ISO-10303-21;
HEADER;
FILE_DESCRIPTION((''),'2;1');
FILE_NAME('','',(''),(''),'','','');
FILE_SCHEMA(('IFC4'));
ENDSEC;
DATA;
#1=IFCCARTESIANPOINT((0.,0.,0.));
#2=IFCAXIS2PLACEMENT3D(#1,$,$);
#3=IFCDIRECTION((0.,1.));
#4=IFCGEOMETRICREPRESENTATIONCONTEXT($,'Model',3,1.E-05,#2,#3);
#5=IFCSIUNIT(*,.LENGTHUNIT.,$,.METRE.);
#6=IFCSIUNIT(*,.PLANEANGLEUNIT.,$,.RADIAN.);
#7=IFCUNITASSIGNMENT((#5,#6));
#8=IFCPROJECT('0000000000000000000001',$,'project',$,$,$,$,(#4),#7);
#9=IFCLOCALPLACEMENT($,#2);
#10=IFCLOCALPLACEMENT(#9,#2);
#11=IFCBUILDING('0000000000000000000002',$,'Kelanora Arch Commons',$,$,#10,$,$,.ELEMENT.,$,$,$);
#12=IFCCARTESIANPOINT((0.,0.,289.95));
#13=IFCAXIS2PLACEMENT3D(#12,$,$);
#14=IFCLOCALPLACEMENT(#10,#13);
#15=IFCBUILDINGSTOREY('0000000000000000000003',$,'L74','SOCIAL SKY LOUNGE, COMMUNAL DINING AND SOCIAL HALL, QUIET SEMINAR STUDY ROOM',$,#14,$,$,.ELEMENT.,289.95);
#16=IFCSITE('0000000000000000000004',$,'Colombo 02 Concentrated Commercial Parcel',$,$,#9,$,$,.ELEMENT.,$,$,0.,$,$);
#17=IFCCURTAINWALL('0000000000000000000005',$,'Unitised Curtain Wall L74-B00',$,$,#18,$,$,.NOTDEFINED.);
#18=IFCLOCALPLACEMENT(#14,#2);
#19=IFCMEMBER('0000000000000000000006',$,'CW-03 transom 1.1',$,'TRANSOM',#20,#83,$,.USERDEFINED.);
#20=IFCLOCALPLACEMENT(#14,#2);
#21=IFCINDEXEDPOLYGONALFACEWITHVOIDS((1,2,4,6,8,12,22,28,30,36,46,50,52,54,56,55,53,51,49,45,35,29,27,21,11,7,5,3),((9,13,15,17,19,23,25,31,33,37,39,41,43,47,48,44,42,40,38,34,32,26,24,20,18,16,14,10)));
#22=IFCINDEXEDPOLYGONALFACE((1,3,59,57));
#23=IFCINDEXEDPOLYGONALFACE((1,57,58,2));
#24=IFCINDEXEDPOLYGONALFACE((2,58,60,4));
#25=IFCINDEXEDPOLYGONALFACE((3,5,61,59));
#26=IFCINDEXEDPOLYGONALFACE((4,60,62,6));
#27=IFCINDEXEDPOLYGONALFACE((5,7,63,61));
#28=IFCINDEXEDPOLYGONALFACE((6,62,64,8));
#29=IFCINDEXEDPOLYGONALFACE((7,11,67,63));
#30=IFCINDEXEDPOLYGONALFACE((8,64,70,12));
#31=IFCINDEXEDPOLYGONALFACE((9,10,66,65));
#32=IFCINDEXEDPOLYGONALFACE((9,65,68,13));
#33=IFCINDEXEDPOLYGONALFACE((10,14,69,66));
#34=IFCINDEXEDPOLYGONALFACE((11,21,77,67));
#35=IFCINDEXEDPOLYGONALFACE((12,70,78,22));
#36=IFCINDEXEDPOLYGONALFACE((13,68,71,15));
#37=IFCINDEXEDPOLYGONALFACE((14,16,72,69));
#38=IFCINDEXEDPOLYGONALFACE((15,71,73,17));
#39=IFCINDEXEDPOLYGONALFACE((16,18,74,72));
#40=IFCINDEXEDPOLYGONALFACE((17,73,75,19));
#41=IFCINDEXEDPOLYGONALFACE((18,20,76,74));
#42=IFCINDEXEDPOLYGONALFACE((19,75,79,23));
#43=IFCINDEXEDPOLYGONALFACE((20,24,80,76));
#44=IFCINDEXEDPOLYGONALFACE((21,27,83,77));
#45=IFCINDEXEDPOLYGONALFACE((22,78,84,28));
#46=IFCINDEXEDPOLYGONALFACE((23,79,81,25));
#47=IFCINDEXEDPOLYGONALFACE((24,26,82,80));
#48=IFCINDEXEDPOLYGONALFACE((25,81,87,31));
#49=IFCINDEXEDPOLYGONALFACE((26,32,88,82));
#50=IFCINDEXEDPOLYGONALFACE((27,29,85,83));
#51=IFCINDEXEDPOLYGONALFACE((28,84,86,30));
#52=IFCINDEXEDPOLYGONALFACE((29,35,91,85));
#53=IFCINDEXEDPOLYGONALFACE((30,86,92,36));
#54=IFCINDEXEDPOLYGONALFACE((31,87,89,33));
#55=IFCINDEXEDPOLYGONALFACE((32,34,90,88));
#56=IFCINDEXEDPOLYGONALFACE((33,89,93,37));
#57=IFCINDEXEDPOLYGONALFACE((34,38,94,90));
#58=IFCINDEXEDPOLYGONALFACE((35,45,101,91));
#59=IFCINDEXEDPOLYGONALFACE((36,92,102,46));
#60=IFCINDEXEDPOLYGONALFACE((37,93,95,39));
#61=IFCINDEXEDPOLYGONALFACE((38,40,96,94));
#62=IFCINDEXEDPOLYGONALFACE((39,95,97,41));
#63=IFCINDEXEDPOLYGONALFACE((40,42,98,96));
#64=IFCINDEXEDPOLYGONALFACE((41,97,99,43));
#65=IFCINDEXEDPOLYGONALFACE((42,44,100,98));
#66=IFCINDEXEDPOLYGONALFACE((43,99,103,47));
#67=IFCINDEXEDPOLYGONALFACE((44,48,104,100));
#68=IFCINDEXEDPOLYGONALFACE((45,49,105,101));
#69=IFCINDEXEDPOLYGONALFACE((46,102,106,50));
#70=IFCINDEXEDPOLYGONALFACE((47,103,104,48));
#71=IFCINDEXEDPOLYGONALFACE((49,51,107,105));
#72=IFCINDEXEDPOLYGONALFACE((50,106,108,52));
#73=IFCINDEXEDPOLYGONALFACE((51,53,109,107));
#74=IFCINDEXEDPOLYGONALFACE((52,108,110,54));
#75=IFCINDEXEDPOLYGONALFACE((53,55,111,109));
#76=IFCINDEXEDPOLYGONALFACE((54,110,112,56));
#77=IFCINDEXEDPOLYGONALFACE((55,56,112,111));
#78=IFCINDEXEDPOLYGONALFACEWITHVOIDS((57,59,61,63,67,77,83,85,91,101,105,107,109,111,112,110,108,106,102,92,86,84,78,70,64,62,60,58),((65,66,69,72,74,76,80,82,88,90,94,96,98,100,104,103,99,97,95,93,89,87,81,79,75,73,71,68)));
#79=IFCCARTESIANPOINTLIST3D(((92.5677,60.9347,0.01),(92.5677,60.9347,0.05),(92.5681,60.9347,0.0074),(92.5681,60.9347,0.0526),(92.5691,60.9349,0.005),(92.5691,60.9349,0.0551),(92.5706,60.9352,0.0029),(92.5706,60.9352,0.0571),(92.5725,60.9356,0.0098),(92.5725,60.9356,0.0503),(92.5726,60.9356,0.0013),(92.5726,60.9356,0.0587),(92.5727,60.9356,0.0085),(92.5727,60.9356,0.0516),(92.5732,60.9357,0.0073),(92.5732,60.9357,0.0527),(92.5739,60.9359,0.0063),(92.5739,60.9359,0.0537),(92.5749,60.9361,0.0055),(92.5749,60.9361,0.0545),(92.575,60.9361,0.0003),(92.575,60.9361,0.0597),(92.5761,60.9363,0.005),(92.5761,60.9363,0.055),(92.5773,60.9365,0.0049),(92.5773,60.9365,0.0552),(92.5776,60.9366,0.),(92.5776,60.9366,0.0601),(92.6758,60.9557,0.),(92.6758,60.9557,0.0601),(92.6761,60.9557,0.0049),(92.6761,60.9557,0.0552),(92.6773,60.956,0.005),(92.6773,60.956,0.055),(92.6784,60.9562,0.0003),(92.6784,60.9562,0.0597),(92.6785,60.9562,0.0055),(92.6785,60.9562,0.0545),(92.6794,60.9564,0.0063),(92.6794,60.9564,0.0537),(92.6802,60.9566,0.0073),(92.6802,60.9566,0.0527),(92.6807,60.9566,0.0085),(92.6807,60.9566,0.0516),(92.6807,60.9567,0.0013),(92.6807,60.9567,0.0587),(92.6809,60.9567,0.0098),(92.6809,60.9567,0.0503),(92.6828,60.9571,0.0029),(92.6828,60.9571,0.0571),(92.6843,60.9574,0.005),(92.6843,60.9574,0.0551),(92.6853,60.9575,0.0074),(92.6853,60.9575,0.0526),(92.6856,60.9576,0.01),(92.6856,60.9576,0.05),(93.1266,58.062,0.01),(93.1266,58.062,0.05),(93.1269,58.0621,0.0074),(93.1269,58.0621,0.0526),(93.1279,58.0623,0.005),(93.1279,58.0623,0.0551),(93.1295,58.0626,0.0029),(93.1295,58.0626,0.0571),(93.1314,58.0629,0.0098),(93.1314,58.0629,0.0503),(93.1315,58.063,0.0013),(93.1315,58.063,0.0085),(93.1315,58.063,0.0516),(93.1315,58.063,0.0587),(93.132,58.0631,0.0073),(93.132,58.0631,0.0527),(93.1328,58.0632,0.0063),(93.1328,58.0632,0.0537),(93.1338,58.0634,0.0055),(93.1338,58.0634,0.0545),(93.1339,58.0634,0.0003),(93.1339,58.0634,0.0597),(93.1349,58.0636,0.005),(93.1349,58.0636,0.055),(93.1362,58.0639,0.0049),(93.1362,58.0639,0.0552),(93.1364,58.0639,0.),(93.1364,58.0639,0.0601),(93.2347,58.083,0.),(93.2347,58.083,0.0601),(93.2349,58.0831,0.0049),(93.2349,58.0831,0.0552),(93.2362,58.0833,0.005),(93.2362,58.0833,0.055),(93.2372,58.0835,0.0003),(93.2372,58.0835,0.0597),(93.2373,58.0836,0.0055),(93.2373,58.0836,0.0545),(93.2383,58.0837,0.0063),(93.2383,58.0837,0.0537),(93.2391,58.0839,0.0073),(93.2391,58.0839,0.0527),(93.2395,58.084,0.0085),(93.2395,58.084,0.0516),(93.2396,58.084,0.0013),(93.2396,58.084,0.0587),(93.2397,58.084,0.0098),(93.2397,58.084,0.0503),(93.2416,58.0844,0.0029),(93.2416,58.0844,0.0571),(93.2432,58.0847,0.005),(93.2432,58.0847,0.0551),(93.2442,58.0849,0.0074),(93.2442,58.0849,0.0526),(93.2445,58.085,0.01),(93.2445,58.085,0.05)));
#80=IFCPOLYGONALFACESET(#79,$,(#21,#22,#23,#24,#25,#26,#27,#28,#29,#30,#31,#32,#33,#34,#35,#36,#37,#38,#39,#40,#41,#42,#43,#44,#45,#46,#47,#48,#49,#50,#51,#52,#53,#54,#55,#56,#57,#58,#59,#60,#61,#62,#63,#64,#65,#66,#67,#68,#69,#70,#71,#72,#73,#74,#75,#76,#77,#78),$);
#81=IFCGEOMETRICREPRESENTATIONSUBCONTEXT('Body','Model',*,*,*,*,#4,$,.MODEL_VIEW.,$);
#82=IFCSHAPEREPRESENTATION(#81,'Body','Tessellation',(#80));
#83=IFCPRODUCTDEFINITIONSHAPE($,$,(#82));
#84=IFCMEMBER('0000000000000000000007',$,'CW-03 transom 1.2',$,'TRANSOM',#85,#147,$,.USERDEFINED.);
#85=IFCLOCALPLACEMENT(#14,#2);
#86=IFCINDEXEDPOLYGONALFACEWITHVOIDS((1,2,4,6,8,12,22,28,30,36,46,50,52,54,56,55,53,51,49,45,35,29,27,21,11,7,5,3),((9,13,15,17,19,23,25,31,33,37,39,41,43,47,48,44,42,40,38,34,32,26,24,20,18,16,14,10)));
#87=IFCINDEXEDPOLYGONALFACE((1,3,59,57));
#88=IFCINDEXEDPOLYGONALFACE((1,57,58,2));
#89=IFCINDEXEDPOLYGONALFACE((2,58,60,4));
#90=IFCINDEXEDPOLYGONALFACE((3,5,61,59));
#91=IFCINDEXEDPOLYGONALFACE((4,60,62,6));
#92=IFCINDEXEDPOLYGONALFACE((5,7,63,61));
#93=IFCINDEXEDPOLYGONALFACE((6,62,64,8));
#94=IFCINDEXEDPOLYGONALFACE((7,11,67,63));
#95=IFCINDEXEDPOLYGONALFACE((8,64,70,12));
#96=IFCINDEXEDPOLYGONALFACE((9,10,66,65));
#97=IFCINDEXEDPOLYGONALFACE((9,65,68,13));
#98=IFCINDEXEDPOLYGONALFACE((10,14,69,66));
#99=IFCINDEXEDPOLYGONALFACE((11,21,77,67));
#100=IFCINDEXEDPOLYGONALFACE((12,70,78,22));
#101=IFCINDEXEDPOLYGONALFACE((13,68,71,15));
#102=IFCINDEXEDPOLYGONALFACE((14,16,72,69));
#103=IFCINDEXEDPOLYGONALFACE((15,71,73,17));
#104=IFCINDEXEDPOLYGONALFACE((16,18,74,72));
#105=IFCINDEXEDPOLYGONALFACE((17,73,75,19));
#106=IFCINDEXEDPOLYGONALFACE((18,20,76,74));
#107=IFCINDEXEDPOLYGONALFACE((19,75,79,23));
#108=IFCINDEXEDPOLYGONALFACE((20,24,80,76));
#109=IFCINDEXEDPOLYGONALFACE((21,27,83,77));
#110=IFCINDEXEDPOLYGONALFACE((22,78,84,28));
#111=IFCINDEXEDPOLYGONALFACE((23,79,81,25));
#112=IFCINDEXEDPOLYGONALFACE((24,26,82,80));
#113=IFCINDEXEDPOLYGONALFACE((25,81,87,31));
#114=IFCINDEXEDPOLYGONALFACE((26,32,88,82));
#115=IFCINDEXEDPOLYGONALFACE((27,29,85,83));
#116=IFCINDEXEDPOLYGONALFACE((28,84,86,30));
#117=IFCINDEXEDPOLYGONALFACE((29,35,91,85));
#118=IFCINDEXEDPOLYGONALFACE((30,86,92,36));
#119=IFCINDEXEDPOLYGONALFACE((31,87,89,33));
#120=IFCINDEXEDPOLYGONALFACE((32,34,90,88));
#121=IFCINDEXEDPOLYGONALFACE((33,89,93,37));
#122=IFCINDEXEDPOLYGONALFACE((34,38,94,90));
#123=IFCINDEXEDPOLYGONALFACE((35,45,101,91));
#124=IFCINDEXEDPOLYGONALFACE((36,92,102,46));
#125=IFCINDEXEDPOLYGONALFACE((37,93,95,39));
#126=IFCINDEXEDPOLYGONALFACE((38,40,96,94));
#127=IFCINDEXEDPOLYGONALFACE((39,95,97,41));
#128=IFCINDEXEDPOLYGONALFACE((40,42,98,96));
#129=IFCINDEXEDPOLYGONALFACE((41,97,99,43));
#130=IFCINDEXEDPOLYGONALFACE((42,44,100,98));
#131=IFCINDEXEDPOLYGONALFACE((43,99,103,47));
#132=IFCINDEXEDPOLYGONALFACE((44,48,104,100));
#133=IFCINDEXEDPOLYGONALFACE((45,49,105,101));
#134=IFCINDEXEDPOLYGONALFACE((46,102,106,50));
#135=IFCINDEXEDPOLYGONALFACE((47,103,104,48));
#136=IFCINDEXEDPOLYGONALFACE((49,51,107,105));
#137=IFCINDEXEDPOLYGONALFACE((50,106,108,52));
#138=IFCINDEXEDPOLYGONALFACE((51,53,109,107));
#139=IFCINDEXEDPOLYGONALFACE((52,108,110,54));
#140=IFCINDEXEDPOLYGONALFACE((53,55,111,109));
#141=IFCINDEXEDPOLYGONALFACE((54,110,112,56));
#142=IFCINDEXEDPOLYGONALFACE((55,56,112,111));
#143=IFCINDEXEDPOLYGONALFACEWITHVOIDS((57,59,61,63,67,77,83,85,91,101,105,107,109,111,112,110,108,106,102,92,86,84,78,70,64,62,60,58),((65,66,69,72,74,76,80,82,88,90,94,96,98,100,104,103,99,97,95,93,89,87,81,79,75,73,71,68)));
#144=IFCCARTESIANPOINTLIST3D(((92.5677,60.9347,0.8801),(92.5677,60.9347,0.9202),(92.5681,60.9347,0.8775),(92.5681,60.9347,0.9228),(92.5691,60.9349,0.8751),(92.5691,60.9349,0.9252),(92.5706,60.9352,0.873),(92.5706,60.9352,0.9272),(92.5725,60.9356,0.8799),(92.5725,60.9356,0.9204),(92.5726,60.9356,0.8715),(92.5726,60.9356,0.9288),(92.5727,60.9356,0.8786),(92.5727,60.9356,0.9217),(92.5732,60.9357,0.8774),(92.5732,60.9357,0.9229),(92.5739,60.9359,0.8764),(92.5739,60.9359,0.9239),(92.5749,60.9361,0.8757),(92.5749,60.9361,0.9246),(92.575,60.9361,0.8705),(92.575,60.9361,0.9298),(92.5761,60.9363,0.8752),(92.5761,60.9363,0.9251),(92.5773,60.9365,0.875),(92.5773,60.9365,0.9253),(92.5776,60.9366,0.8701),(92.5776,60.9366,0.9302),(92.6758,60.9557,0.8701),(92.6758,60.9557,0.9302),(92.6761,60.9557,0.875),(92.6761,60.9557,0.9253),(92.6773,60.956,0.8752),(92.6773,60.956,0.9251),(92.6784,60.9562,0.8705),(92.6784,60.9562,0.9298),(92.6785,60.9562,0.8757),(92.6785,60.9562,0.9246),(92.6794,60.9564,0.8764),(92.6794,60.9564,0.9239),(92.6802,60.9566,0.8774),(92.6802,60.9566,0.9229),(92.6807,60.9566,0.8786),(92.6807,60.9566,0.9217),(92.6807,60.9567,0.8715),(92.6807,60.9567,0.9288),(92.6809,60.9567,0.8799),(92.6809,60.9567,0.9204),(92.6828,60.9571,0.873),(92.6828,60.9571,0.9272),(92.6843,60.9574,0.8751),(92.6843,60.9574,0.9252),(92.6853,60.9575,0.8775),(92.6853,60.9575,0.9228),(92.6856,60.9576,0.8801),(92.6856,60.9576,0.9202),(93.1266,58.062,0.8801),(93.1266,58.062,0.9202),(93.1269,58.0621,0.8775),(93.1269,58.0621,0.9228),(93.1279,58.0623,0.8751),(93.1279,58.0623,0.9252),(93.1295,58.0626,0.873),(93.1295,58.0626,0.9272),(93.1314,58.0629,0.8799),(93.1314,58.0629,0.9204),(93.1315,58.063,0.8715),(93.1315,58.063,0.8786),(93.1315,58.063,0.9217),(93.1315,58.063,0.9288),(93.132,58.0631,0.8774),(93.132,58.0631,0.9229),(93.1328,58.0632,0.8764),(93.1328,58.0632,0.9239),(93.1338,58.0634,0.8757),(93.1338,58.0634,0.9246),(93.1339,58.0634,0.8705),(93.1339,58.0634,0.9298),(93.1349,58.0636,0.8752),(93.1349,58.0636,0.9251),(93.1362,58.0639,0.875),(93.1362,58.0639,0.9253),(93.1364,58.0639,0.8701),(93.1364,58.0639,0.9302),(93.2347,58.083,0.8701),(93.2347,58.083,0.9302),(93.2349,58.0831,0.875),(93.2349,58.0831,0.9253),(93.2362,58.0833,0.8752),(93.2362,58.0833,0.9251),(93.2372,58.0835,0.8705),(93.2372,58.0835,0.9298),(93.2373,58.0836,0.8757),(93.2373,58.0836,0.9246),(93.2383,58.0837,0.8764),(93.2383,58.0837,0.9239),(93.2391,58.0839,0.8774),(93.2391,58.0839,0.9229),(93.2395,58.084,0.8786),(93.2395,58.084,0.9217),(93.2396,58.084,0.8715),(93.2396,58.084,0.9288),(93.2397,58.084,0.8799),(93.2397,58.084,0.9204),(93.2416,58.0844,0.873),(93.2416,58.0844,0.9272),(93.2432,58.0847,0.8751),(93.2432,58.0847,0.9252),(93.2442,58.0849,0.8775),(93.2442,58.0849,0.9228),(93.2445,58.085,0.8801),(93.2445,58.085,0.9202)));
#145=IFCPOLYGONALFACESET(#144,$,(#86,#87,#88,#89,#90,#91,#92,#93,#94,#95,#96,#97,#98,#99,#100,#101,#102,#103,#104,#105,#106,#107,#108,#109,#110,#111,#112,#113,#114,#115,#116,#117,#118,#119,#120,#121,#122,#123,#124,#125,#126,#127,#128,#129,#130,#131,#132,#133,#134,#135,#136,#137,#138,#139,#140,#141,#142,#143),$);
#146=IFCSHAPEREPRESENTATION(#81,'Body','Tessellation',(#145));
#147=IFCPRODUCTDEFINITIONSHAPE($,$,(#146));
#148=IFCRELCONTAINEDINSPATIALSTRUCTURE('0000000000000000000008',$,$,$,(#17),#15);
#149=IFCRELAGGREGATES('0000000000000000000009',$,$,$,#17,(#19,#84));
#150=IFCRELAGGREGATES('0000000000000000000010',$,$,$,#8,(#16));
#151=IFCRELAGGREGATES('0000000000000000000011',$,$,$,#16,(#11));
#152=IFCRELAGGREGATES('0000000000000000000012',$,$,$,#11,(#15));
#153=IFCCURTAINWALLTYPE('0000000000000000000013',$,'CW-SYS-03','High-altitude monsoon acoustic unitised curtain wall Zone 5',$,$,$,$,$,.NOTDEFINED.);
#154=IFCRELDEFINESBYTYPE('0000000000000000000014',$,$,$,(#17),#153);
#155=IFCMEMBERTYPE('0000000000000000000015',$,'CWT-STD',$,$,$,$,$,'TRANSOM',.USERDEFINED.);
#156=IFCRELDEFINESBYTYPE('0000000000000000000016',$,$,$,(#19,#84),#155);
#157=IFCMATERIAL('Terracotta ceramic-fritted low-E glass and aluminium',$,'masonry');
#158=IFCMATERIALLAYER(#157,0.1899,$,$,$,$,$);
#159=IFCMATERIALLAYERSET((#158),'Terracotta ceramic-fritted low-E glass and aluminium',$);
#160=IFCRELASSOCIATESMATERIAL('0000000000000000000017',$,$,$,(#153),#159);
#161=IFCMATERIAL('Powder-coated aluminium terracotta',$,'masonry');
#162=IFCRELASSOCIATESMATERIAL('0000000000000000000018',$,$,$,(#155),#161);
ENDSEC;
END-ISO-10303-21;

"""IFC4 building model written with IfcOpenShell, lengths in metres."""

from ifc_helpers import new_model, si_unit, direction, frame, origin, origin_2d, place, context, subcontext, project, spatial, hollow_rectangle, extrude, material, layer, layer_set, material_profile, profile_set, type_object, element, aggregate, save


model = new_model("IFC4")

# Units and contexts
model_context = context("Model", 3, precision=1e-05, world=origin(), true_north=direction((0.0, 1.0)))
body_context = subcontext(model_context, "Body", "Model", "MODEL_VIEW")
ifc_project = project(units=[si_unit("LENGTHUNIT", "METRE"), si_unit("PLANEANGLEUNIT", "RADIAN")], contexts=[model_context])

# Site, building, storey
site_placement = place(None, origin())
site = spatial("IfcSite", under=ifc_project, at=site_placement, Name="Colombo 02 Concentrated Commercial Parcel", CompositionType="ELEMENT", RefElevation=0.0)
building_placement = place(site_placement, origin())
building = spatial("IfcBuilding", under=site, at=building_placement, Name="Kelanora Arch Commons", CompositionType="ELEMENT")
storey_placement = place(building_placement, frame((0.0, 0.0, 289.95)))
storey = spatial("IfcBuildingStorey", under=building, at=storey_placement, Name="L74", Description="SOCIAL SKY LOUNGE, COMMUNAL DINING AND SOCIAL HALL, QUIET SEMINAR STUDY ROOM", CompositionType="ELEMENT", Elevation=289.95)

# Curtain wall, members
ifc_material_1 = material(Name="Terracotta ceramic-fritted low-E glass and aluminium", Category="masonry")
ifc_layer_1 = layer(ifc_material_1, 0.1899)
ifc_layer_set_1 = layer_set([ifc_layer_1], Name="Terracotta ceramic-fritted low-E glass and aluminium")
curtain_wall_type = type_object("IfcCurtainWallType", Name="CW-SYS-03", Description="High-altitude monsoon acoustic unitised curtain wall Zone 5", PredefinedType="NOTDEFINED", material=ifc_layer_set_1)
curtain_wall_placement = place(storey_placement, origin())
curtain_wall = element("IfcCurtainWall", 1, at=curtain_wall_placement, inside=storey, type_object=curtain_wall_type, Name="Unitised Curtain Wall L74-B00", PredefinedType="NOTDEFINED")
ifc_material_2 = material(Name="Powder-coated aluminium terracotta", Category="masonry")
ifc_material_profile_1 = material_profile(ifc_material_2, hollow_rectangle(XDim=0.1201, YDim=0.0601, WallThickness=0.0049, InnerFilletRadius=0.0049, OuterFilletRadius=0.01, at=origin_2d()), Name="CWT120x60")
ifc_profile_set_1 = profile_set([ifc_material_profile_1], Name="Powder-coated aluminium terracotta")
member_type_1 = type_object("IfcMemberType", Name="CWT-STD", ElementType="TRANSOM", PredefinedType="USERDEFINED", material=ifc_profile_set_1)
member_1_placement = place(storey_placement, frame((93.1855, 58.0735, 0.03), z_axis=(-0.190963, 0.981597, 0.0), x_axis=(-0.981597, -0.190963, 0.0)))
member_1 = element("IfcMember", 2, at=member_1_placement, type_object=member_type_1, Name="CW-03 transom 1.1", ObjectType="TRANSOM", PredefinedType="USERDEFINED", context=body_context, shape_type="SweptSolid", body=[
    extrude(hollow_rectangle(XDim=0.1201, YDim=0.0601, WallThickness=0.0049, InnerFilletRadius=0.0049, OuterFilletRadius=0.01, at=origin_2d()), origin(), (0.0, 0.0, 1.0), 2.9265),
])
member_2_placement = place(storey_placement, frame((93.1855, 58.0735, 0.9001), z_axis=(-0.190963, 0.981597, 0.0), x_axis=(-0.981597, -0.190963, 0.0)))
member_2 = element("IfcMember", 3, at=member_2_placement, type_object=member_type_1, Name="CW-03 transom 1.2", ObjectType="TRANSOM", PredefinedType="USERDEFINED", context=body_context, shape_type="SweptSolid", body=[
    extrude(hollow_rectangle(XDim=0.1201, YDim=0.0601, WallThickness=0.0049, InnerFilletRadius=0.0049, OuterFilletRadius=0.01, at=origin_2d()), origin(), (0.0, 0.0, 1.0), 2.9265),
])
aggregate(curtain_wall, [member_1, member_2])

save(model, "model.ifc")
